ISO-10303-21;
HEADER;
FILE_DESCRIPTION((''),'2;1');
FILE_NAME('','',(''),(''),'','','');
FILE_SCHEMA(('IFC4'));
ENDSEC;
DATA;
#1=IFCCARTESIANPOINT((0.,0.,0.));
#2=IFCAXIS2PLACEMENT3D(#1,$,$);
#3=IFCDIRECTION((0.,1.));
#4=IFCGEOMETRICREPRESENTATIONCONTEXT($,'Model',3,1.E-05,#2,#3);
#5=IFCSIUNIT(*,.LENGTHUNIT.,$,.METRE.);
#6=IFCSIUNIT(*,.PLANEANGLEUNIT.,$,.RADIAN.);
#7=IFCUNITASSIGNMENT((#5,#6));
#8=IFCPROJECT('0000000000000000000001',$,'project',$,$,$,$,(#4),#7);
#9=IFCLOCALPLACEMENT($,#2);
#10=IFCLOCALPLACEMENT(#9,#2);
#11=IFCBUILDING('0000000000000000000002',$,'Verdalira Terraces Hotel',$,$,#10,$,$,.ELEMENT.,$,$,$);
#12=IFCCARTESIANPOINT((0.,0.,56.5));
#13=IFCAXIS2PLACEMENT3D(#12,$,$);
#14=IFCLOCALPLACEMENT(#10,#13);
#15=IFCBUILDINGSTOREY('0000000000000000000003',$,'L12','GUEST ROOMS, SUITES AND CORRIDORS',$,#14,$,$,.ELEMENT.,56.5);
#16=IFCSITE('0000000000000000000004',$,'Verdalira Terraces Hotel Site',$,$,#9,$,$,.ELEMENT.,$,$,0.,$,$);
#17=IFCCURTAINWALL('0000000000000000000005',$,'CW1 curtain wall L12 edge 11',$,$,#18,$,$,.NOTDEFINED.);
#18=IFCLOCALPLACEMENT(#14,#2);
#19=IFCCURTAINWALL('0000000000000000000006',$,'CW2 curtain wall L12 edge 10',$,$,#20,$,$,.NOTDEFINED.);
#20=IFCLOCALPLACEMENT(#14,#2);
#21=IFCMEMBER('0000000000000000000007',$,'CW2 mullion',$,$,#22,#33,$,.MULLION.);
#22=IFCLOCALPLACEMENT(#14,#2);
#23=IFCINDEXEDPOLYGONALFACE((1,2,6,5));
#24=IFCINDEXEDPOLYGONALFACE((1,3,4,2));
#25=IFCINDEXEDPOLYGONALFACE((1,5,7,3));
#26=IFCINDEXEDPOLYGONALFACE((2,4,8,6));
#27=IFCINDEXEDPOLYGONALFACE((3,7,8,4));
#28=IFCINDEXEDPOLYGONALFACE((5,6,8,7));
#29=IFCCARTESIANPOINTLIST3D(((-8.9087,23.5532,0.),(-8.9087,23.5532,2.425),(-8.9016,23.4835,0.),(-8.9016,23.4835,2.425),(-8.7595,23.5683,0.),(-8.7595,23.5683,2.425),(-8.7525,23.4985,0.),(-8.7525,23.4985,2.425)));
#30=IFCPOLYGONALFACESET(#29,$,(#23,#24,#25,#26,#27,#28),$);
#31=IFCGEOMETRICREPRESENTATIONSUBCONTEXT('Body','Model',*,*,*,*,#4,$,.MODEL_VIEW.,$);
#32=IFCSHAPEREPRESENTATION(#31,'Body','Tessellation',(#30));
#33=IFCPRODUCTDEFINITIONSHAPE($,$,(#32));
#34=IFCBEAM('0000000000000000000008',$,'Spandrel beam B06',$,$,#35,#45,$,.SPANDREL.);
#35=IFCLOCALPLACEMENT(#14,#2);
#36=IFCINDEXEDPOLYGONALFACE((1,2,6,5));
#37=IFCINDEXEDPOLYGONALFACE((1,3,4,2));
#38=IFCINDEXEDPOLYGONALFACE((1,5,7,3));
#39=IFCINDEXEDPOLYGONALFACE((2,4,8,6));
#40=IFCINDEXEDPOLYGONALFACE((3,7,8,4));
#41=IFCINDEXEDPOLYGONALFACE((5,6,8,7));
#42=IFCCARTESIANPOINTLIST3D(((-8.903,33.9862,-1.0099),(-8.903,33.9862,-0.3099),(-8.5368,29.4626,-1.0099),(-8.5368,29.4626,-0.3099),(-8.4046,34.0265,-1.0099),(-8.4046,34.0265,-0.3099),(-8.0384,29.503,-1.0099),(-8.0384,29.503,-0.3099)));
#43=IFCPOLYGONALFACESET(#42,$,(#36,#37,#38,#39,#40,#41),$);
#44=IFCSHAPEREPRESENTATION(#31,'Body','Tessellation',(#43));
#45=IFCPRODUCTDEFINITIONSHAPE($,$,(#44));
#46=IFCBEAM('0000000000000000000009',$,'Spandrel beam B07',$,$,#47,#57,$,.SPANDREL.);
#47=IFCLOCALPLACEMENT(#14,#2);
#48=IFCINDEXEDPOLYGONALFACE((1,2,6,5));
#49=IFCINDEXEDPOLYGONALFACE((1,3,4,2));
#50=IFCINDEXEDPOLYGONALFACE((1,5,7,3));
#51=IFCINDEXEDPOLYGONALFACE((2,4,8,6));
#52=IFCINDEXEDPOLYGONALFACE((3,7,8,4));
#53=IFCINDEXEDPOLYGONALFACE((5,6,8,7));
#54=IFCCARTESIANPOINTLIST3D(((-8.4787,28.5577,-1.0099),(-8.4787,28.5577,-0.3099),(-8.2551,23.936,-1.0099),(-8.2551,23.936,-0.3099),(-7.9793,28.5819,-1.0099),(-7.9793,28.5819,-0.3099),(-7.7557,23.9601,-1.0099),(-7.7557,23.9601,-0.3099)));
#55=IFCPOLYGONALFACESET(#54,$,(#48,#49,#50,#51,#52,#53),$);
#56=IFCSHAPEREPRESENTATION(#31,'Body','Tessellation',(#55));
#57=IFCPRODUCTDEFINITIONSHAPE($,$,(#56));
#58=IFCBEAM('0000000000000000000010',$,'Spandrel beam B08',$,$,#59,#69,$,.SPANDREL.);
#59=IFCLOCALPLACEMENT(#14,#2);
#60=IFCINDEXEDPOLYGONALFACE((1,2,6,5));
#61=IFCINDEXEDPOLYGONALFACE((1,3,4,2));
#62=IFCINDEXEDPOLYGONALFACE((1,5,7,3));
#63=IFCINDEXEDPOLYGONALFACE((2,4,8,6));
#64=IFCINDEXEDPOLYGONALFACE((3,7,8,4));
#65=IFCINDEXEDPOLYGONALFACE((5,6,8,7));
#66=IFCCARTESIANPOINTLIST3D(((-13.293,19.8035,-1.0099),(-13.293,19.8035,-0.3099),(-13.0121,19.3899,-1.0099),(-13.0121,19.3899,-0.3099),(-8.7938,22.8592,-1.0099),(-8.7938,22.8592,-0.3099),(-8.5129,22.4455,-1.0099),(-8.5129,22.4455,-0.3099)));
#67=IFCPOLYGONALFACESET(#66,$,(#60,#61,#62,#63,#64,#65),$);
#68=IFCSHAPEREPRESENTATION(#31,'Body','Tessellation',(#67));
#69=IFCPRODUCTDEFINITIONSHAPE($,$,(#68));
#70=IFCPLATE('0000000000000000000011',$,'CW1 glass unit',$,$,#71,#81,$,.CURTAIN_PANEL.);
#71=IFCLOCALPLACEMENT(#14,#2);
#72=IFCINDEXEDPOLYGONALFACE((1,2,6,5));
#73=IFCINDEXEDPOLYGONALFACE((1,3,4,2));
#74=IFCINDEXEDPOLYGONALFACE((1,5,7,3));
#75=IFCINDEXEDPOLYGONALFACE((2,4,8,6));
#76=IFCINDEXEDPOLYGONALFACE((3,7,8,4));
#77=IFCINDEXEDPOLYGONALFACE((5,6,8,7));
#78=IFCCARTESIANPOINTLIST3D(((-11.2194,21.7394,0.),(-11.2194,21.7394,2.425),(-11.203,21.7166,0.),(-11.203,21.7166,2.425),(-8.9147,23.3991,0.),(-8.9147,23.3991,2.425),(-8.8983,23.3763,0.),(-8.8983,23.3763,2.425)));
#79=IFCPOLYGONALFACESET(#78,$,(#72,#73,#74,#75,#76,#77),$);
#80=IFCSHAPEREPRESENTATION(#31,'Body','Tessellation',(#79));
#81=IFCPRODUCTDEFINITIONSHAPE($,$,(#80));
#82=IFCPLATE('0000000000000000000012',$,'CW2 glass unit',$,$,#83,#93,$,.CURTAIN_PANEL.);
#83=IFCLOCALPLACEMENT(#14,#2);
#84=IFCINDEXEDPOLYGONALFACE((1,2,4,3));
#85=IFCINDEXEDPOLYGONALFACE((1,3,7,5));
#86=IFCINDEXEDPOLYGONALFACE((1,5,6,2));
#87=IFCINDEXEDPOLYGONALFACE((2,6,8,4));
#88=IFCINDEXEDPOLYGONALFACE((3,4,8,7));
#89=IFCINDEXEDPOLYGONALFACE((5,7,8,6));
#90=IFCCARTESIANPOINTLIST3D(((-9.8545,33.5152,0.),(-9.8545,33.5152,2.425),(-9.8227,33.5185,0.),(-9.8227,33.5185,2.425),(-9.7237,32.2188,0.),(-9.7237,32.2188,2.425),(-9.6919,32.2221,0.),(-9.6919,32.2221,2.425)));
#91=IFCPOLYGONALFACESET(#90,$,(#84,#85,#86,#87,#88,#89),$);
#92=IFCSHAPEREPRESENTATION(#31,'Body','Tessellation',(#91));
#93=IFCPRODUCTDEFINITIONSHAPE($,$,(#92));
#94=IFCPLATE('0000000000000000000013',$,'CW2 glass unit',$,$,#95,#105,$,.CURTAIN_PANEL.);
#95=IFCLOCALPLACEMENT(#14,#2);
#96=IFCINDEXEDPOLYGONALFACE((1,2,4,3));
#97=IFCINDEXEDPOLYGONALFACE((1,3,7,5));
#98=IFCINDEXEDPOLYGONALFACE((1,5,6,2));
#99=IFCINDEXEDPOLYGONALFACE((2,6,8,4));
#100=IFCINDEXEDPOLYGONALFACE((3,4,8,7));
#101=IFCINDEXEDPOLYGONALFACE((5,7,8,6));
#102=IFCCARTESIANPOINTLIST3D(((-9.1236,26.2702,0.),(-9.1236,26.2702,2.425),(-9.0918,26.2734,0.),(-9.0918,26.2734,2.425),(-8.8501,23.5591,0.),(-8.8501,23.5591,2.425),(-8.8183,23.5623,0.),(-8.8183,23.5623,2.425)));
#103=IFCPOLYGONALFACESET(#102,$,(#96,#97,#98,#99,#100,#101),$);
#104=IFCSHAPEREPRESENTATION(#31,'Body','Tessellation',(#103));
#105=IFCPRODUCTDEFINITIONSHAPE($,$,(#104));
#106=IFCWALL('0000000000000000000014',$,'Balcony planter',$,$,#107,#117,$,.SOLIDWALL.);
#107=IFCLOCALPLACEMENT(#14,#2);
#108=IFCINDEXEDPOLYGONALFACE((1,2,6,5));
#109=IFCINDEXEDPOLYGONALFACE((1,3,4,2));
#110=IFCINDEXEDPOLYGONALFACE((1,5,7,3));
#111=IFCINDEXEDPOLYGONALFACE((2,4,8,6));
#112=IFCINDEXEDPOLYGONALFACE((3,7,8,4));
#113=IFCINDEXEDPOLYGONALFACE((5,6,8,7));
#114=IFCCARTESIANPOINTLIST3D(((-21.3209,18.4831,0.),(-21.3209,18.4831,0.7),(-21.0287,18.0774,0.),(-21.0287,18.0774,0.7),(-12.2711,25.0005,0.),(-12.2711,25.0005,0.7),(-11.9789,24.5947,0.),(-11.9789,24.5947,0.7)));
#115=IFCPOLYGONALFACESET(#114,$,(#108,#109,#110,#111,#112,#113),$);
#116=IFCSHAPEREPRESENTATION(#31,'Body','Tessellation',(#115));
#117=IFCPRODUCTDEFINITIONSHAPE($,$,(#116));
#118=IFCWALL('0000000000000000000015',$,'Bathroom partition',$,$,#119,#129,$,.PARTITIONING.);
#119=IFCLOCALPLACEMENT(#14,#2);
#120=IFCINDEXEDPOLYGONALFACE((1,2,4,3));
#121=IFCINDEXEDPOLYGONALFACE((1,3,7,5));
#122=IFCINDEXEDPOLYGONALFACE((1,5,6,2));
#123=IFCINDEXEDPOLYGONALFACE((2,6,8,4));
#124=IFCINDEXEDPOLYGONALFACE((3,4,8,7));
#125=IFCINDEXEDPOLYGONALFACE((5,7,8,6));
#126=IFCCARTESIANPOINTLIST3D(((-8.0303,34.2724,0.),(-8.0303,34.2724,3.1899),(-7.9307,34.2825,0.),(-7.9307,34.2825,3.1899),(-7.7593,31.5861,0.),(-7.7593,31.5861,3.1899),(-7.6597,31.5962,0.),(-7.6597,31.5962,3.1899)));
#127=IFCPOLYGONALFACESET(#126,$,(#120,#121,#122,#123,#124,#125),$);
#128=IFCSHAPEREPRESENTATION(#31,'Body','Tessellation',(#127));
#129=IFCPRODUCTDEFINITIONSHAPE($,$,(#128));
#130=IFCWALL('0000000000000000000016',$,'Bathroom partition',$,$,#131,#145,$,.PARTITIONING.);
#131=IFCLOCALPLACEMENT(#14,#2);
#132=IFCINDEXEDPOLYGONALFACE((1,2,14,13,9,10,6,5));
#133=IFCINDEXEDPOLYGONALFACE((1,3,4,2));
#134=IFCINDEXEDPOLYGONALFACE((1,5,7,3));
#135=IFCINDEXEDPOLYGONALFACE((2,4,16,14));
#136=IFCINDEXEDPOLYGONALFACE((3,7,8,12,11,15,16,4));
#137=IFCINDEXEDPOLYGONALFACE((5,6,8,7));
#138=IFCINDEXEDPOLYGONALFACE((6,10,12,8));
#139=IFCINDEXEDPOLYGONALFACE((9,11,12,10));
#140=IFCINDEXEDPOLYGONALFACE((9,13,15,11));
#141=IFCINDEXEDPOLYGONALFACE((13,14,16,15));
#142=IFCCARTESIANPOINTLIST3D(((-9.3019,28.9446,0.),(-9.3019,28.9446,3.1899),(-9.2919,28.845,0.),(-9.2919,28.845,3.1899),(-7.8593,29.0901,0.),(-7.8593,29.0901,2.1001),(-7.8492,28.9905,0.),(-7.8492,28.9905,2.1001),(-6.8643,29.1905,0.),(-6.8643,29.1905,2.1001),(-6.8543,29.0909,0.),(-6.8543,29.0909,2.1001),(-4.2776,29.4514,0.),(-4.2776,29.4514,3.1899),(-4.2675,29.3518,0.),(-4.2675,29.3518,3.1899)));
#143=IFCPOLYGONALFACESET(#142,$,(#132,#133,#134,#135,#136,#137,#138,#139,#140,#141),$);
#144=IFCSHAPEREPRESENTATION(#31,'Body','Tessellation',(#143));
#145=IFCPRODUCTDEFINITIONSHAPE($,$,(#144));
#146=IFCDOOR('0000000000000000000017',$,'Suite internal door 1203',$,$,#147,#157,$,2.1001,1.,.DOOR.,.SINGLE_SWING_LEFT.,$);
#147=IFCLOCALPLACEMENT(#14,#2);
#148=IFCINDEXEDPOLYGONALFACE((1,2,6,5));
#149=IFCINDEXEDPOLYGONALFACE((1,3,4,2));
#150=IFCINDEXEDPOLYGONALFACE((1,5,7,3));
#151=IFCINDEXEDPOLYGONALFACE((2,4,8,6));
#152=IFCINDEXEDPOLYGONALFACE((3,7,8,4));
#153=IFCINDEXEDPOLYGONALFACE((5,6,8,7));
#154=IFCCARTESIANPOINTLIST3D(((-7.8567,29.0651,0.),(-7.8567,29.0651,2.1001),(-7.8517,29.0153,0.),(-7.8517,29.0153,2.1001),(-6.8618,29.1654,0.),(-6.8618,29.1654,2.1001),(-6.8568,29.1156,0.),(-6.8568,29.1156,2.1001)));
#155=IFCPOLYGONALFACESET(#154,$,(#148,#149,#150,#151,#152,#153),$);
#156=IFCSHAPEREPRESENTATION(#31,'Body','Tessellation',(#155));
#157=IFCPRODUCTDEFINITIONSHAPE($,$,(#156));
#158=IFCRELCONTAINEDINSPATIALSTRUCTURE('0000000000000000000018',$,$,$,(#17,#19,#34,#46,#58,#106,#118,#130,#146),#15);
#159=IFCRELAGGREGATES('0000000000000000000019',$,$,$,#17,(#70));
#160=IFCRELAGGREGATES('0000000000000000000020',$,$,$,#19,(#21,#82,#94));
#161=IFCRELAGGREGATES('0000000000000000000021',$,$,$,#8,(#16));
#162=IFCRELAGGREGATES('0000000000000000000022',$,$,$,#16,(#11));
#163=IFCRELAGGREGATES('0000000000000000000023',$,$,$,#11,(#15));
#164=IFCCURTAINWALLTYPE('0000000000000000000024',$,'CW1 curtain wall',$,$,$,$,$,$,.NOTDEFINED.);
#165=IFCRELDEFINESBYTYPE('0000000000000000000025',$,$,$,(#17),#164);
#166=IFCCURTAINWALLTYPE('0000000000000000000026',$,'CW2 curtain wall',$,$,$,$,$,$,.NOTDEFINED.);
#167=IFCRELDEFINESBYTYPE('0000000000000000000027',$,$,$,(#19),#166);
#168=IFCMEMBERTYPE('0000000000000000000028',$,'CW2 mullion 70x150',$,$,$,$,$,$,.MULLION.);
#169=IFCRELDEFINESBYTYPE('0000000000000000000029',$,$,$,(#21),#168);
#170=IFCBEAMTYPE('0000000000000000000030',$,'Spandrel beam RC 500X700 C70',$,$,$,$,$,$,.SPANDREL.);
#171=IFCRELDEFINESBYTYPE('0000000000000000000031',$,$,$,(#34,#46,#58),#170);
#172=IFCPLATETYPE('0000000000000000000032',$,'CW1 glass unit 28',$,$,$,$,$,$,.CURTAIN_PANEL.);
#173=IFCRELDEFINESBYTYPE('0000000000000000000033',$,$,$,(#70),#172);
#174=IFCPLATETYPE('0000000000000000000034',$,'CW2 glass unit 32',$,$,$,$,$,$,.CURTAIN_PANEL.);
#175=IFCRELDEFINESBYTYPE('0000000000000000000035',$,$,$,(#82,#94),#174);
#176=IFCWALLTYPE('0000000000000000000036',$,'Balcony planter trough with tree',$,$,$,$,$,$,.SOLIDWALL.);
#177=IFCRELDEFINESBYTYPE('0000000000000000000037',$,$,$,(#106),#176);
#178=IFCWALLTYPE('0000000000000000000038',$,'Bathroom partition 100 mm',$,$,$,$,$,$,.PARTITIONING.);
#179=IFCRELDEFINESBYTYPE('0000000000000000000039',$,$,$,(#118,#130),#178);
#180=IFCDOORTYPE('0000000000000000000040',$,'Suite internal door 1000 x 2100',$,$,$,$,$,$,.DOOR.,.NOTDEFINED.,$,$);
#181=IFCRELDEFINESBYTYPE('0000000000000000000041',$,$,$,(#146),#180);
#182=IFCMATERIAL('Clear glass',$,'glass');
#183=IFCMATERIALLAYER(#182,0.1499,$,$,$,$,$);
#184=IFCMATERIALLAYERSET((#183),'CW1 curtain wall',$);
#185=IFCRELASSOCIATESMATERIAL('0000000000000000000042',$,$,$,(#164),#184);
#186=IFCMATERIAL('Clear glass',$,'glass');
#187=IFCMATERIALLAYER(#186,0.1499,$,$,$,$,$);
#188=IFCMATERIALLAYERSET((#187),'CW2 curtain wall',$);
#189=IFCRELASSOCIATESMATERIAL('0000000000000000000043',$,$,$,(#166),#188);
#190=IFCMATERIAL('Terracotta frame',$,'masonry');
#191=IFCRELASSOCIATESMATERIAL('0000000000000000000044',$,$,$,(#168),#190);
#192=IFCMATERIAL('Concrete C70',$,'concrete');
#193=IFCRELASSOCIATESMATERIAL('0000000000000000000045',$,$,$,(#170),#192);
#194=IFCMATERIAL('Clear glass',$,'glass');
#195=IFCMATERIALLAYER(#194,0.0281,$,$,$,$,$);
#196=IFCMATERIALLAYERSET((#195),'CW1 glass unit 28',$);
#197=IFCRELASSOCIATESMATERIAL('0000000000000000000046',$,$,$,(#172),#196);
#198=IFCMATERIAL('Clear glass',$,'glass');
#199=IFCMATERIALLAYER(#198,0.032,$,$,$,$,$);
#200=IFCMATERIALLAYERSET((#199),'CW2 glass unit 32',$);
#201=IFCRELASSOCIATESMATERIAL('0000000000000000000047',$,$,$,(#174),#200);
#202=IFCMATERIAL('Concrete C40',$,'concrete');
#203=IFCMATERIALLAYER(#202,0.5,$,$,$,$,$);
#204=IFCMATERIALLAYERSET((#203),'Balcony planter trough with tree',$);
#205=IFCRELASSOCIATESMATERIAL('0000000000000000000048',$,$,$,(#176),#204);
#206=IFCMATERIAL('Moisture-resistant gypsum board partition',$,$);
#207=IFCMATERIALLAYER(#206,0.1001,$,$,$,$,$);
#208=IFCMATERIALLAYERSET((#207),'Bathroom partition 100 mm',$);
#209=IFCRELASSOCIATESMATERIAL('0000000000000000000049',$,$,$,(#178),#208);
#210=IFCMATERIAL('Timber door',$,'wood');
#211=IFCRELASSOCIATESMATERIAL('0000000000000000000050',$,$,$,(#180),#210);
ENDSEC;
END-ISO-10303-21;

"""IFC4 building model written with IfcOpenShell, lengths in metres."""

from ifc_helpers import new_model, si_unit, direction, frame, frame_2d, origin, origin_2d, place, context, subcontext, project, spatial, rectangle, extrude, material, layer, layer_set, material_profile, profile_set, type_object, element, fill, aggregate, save


model = new_model("IFC4")

# Units and contexts
model_context = context("Model", 3, precision=1e-05, world=origin(), true_north=direction((0.0, 1.0)))
body_context = subcontext(model_context, "Body", "Model", "MODEL_VIEW")
ifc_project = project(units=[si_unit("LENGTHUNIT", "METRE"), si_unit("PLANEANGLEUNIT", "RADIAN")], contexts=[model_context])

# Site, building, storey
site_placement = place(None, origin())
site = spatial("IfcSite", under=ifc_project, at=site_placement, Name="Verdalira Terraces Hotel Site", CompositionType="ELEMENT", RefElevation=0.0)
building_placement = place(site_placement, origin())
building = spatial("IfcBuilding", under=site, at=building_placement, Name="Verdalira Terraces Hotel", CompositionType="ELEMENT")
storey_placement = place(building_placement, frame((0.0, 0.0, 56.5)))
storey = spatial("IfcBuildingStorey", under=building, at=storey_placement, Name="L12", Description="GUEST ROOMS, SUITES AND CORRIDORS", CompositionType="ELEMENT", Elevation=56.5)

# Curtain wall
ifc_material_1 = material(Name="Clear glass", Category="glass")
ifc_layer_1 = layer(ifc_material_1, 0.1499)
ifc_layer_set_1 = layer_set([ifc_layer_1], Name="CW1 curtain wall")
curtain_wall_type_1 = type_object("IfcCurtainWallType", Name="CW1 curtain wall", PredefinedType="NOTDEFINED", material=ifc_layer_set_1)
curtain_wall_1_placement = place(storey_placement, origin())
curtain_wall_1 = element("IfcCurtainWall", 1, at=curtain_wall_1_placement, inside=storey, type_object=curtain_wall_type_1, Name="CW1 curtain wall L12 edge 11", PredefinedType="NOTDEFINED")

# Curtain wall, member
ifc_material_2 = material(Name="Clear glass", Category="glass")
ifc_layer_2 = layer(ifc_material_2, 0.1499)
ifc_layer_set_2 = layer_set([ifc_layer_2], Name="CW2 curtain wall")
curtain_wall_type_2 = type_object("IfcCurtainWallType", Name="CW2 curtain wall", PredefinedType="NOTDEFINED", material=ifc_layer_set_2)
curtain_wall_2_placement = place(storey_placement, origin())
curtain_wall_2 = element("IfcCurtainWall", 2, at=curtain_wall_2_placement, inside=storey, type_object=curtain_wall_type_2, Name="CW2 curtain wall L12 edge 10", PredefinedType="NOTDEFINED")
ifc_material_3 = material(Name="Terracotta frame", Category="masonry")
ifc_material_profile_1 = material_profile(ifc_material_3, rectangle(XDim=0.0701, YDim=0.1499, at=origin_2d()), Name="MU 70x150")
ifc_profile_set_1 = profile_set([ifc_material_profile_1], Name="Terracotta frame")
member_type_1 = type_object("IfcMemberType", Name="CW2 mullion 70x150", PredefinedType="MULLION", material=ifc_profile_set_1)
member_1_placement = place(storey_placement, frame((-8.8306, 23.5259, 0.0), z_axis=(0.0, 0.0, 1.0), x_axis=(0.100362, -0.994951, 0.0)))
member_1 = element("IfcMember", 3, at=member_1_placement, type_object=member_type_1, Name="CW2 mullion", PredefinedType="MULLION", context=body_context, shape_type="SweptSolid", body=[
    extrude(rectangle(XDim=0.0701, YDim=0.1499, at=origin_2d()), origin(), (0.0, 0.0, 1.0), 2.425),
])

# Beams
ifc_material_4 = material(Name="Concrete C70", Category="concrete")
ifc_material_profile_2 = material_profile(ifc_material_4, rectangle(XDim=0.5, YDim=0.7, at=origin_2d()), Name="RC 500X700")
ifc_profile_set_2 = profile_set([ifc_material_profile_2], Name="Concrete C70")
beam_type_1 = type_object("IfcBeamType", Name="Spandrel beam RC 500X700 C70", PredefinedType="SPANDREL", material=ifc_profile_set_2)
beam_1_placement = place(storey_placement, frame((-8.6538, 34.0063, -0.6599), z_axis=(0.080695, -0.996739, 0.0), x_axis=(0.996739, 0.080695, 0.0)))
element("IfcBeam", 4, at=beam_1_placement, inside=storey, type_object=beam_type_1, Name="Spandrel beam B06", PredefinedType="SPANDREL", context=body_context, shape_type="SweptSolid", body=[
    extrude(rectangle(XDim=0.5, YDim=0.7, at=origin_2d()), origin(), (0.0, 0.0, 1.0), 4.5383),
])
beam_2_placement = place(storey_placement, frame((-8.229, 28.5698, -0.6599), z_axis=(0.04833, -0.998831, 0.0), x_axis=(0.998831, 0.04833, 0.0)))
element("IfcBeam", 5, at=beam_2_placement, inside=storey, type_object=beam_type_1, Name="Spandrel beam B07", PredefinedType="SPANDREL", context=body_context, shape_type="SweptSolid", body=[
    extrude(rectangle(XDim=0.5, YDim=0.7, at=origin_2d()), origin(), (0.0, 0.0, 1.0), 4.6272),
])
beam_3_placement = place(storey_placement, frame((-8.6533, 22.6523, -0.6599), z_axis=(-0.827254, -0.561827, 0.0), x_axis=(0.561827, -0.827254, 0.0)))
element("IfcBeam", 6, at=beam_3_placement, inside=storey, type_object=beam_type_1, Name="Spandrel beam B08", PredefinedType="SPANDREL", context=body_context, shape_type="SweptSolid", body=[
    extrude(rectangle(XDim=0.5, YDim=0.7, at=origin_2d()), origin(), (0.0, 0.0, 1.0), 5.4387),
])

# Plates
ifc_material_5 = material(Name="Clear glass", Category="glass")
ifc_layer_3 = layer(ifc_material_5, 0.0281)
ifc_layer_set_3 = layer_set([ifc_layer_3], Name="CW1 glass unit 28")
plate_type_1 = type_object("IfcPlateType", Name="CW1 glass unit 28", PredefinedType="CURTAIN_PANEL", material=ifc_layer_set_3)
plate_1_placement = place(storey_placement, frame((-10.0588, 22.5579, 0.0), z_axis=(0.0, 0.0, 1.0), x_axis=(-0.811472, -0.584391, 0.0)))
plate_1 = element("IfcPlate", 7, at=plate_1_placement, type_object=plate_type_1, Name="CW1 glass unit", PredefinedType="CURTAIN_PANEL", context=body_context, shape_type="SweptSolid", body=[
    extrude(rectangle(XDim=2.8401, YDim=0.0281, at=origin_2d()), origin(), (0.0, 0.0, 1.0), 2.425),
])
aggregate(curtain_wall_1, [plate_1])
ifc_material_6 = material(Name="Clear glass", Category="glass")
ifc_layer_4 = layer(ifc_material_6, 0.032)
ifc_layer_set_4 = layer_set([ifc_layer_4], Name="CW2 glass unit 32")
plate_type_2 = type_object("IfcPlateType", Name="CW2 glass unit 32", PredefinedType="CURTAIN_PANEL", material=ifc_layer_set_4)
plate_2_placement = place(storey_placement, frame((-9.7732, 32.8687, 0.0), z_axis=(0.0, 0.0, 1.0), x_axis=(0.100362, -0.994951, 0.0)))
plate_2 = element("IfcPlate", 8, at=plate_2_placement, type_object=plate_type_2, Name="CW2 glass unit", PredefinedType="CURTAIN_PANEL", context=body_context, shape_type="SweptSolid", body=[
    extrude(rectangle(XDim=1.303, YDim=0.032, at=origin_2d()), origin(), (0.0, 0.0, 1.0), 2.425),
])
plate_3_placement = place(storey_placement, frame((-8.9709, 24.9163, 0.0), z_axis=(0.0, 0.0, 1.0), x_axis=(0.100362, -0.994951, 0.0)))
plate_3 = element("IfcPlate", 9, at=plate_3_placement, type_object=plate_type_2, Name="CW2 glass unit", PredefinedType="CURTAIN_PANEL", context=body_context, shape_type="SweptSolid", body=[
    extrude(rectangle(XDim=2.7249, YDim=0.032, at=origin_2d()), origin(), (0.0, 0.0, 1.0), 2.425),
])
aggregate(curtain_wall_2, [member_1, plate_2, plate_3])

# Walls
ifc_material_7 = material(Name="Concrete C40", Category="concrete")
ifc_layer_5 = layer(ifc_material_7, 0.5)
ifc_layer_set_5 = layer_set([ifc_layer_5], Name="Balcony planter trough with tree")
wall_type_1 = type_object("IfcWallType", Name="Balcony planter trough with tree", PredefinedType="SOLIDWALL", material=ifc_layer_set_5)
wall_1_placement = place(storey_placement, frame((-12.125, 24.7976, 0.0), z_axis=(0.0, 0.0, 1.0), x_axis=(-0.811472, -0.584392, 0.0)))
element("IfcWall", 10, at=wall_1_placement, inside=storey, type_object=wall_type_1, Name="Balcony planter", PredefinedType="SOLIDWALL", context=body_context, shape_type="SweptSolid", body=[
    extrude(rectangle(XDim=11.1523, YDim=0.5, at=frame_2d((5.5762, 0.0))), origin(), (0.0, 0.0, 1.0), 0.7),
])
ifc_material_8 = material(Name="Moisture-resistant gypsum board partition")
ifc_layer_6 = layer(ifc_material_8, 0.1001)
ifc_layer_set_6 = layer_set([ifc_layer_6], Name="Bathroom partition 100 mm")
wall_type_2 = type_object("IfcWallType", Name="Bathroom partition 100 mm", PredefinedType="PARTITIONING", material=ifc_layer_set_6)
wall_2_placement = place(storey_placement, frame((-7.9805, 34.2776, 0.0), z_axis=(0.0, 0.0, 1.0), x_axis=(0.100372, -0.99495, 0.0)))
element("IfcWall", 11, at=wall_2_placement, inside=storey, type_object=wall_type_2, Name="Bathroom partition", PredefinedType="PARTITIONING", context=body_context, shape_type="SweptSolid", body=[
    extrude(rectangle(XDim=2.7, YDim=0.1001, at=frame_2d((1.3501, 0.0))), origin(), (0.0, 0.0, 1.0), 3.1899),
])

# Wall, opening, door
wall_3_placement = place(storey_placement, frame((-9.2969, 28.8948, 0.0), z_axis=(0.0, 0.0, 1.0), x_axis=(0.994951, 0.100365, 0.0)))
wall_3 = element("IfcWall", 12, at=wall_3_placement, inside=storey, type_object=wall_type_2, Name="Bathroom partition", PredefinedType="PARTITIONING", context=body_context, shape_type="SweptSolid", body=[
    extrude(rectangle(XDim=5.0498, YDim=0.1001, at=frame_2d((2.5249, 0.0))), origin(), (0.0, 0.0, 1.0), 3.1899),
])
opening_1_placement = place(wall_3_placement, frame((1.45, 0.0, 0.0)))
opening_1 = element("IfcOpeningElement", 13, at=opening_1_placement, cuts=wall_3, PredefinedType="OPENING", context=body_context, shape_type="SweptSolid", body=[
    extrude(rectangle(XDim=1.0, YDim=2.1001, at=frame_2d((0.5, 1.05))), frame((0.0, 0.0601, 0.0), z_axis=(0.0, -1.0, 0.0), x_axis=(1.0, 0.0, 0.0)), (0.0, 0.0, 1.0), 0.1201),
])
ifc_material_9 = material(Name="Timber door", Category="wood")
door_type_1 = type_object("IfcDoorType", Name="Suite internal door 1000 x 2100", OperationType="NOTDEFINED", PredefinedType="DOOR", material=ifc_material_9)
door_1_placement = place(opening_1_placement, origin())
door_1 = element("IfcDoor", 14, at=door_1_placement, inside=storey, type_object=door_type_1, Name="Suite internal door 1203", OperationType="SINGLE_SWING_LEFT", OverallHeight=2.1001, OverallWidth=1.0, PredefinedType="DOOR", context=body_context, shape_type="SweptSolid", body=[
    extrude(rectangle(XDim=1.0, YDim=2.1001, at=frame_2d((0.5, 1.05))), frame((0.0, 0.0249, 0.0), z_axis=(0.0, -1.0, 0.0), x_axis=(1.0, 0.0, 0.0)), (0.0, 0.0, 1.0), 0.05),
])
fill(opening_1, door_1)

save(model, "model.ifc")
